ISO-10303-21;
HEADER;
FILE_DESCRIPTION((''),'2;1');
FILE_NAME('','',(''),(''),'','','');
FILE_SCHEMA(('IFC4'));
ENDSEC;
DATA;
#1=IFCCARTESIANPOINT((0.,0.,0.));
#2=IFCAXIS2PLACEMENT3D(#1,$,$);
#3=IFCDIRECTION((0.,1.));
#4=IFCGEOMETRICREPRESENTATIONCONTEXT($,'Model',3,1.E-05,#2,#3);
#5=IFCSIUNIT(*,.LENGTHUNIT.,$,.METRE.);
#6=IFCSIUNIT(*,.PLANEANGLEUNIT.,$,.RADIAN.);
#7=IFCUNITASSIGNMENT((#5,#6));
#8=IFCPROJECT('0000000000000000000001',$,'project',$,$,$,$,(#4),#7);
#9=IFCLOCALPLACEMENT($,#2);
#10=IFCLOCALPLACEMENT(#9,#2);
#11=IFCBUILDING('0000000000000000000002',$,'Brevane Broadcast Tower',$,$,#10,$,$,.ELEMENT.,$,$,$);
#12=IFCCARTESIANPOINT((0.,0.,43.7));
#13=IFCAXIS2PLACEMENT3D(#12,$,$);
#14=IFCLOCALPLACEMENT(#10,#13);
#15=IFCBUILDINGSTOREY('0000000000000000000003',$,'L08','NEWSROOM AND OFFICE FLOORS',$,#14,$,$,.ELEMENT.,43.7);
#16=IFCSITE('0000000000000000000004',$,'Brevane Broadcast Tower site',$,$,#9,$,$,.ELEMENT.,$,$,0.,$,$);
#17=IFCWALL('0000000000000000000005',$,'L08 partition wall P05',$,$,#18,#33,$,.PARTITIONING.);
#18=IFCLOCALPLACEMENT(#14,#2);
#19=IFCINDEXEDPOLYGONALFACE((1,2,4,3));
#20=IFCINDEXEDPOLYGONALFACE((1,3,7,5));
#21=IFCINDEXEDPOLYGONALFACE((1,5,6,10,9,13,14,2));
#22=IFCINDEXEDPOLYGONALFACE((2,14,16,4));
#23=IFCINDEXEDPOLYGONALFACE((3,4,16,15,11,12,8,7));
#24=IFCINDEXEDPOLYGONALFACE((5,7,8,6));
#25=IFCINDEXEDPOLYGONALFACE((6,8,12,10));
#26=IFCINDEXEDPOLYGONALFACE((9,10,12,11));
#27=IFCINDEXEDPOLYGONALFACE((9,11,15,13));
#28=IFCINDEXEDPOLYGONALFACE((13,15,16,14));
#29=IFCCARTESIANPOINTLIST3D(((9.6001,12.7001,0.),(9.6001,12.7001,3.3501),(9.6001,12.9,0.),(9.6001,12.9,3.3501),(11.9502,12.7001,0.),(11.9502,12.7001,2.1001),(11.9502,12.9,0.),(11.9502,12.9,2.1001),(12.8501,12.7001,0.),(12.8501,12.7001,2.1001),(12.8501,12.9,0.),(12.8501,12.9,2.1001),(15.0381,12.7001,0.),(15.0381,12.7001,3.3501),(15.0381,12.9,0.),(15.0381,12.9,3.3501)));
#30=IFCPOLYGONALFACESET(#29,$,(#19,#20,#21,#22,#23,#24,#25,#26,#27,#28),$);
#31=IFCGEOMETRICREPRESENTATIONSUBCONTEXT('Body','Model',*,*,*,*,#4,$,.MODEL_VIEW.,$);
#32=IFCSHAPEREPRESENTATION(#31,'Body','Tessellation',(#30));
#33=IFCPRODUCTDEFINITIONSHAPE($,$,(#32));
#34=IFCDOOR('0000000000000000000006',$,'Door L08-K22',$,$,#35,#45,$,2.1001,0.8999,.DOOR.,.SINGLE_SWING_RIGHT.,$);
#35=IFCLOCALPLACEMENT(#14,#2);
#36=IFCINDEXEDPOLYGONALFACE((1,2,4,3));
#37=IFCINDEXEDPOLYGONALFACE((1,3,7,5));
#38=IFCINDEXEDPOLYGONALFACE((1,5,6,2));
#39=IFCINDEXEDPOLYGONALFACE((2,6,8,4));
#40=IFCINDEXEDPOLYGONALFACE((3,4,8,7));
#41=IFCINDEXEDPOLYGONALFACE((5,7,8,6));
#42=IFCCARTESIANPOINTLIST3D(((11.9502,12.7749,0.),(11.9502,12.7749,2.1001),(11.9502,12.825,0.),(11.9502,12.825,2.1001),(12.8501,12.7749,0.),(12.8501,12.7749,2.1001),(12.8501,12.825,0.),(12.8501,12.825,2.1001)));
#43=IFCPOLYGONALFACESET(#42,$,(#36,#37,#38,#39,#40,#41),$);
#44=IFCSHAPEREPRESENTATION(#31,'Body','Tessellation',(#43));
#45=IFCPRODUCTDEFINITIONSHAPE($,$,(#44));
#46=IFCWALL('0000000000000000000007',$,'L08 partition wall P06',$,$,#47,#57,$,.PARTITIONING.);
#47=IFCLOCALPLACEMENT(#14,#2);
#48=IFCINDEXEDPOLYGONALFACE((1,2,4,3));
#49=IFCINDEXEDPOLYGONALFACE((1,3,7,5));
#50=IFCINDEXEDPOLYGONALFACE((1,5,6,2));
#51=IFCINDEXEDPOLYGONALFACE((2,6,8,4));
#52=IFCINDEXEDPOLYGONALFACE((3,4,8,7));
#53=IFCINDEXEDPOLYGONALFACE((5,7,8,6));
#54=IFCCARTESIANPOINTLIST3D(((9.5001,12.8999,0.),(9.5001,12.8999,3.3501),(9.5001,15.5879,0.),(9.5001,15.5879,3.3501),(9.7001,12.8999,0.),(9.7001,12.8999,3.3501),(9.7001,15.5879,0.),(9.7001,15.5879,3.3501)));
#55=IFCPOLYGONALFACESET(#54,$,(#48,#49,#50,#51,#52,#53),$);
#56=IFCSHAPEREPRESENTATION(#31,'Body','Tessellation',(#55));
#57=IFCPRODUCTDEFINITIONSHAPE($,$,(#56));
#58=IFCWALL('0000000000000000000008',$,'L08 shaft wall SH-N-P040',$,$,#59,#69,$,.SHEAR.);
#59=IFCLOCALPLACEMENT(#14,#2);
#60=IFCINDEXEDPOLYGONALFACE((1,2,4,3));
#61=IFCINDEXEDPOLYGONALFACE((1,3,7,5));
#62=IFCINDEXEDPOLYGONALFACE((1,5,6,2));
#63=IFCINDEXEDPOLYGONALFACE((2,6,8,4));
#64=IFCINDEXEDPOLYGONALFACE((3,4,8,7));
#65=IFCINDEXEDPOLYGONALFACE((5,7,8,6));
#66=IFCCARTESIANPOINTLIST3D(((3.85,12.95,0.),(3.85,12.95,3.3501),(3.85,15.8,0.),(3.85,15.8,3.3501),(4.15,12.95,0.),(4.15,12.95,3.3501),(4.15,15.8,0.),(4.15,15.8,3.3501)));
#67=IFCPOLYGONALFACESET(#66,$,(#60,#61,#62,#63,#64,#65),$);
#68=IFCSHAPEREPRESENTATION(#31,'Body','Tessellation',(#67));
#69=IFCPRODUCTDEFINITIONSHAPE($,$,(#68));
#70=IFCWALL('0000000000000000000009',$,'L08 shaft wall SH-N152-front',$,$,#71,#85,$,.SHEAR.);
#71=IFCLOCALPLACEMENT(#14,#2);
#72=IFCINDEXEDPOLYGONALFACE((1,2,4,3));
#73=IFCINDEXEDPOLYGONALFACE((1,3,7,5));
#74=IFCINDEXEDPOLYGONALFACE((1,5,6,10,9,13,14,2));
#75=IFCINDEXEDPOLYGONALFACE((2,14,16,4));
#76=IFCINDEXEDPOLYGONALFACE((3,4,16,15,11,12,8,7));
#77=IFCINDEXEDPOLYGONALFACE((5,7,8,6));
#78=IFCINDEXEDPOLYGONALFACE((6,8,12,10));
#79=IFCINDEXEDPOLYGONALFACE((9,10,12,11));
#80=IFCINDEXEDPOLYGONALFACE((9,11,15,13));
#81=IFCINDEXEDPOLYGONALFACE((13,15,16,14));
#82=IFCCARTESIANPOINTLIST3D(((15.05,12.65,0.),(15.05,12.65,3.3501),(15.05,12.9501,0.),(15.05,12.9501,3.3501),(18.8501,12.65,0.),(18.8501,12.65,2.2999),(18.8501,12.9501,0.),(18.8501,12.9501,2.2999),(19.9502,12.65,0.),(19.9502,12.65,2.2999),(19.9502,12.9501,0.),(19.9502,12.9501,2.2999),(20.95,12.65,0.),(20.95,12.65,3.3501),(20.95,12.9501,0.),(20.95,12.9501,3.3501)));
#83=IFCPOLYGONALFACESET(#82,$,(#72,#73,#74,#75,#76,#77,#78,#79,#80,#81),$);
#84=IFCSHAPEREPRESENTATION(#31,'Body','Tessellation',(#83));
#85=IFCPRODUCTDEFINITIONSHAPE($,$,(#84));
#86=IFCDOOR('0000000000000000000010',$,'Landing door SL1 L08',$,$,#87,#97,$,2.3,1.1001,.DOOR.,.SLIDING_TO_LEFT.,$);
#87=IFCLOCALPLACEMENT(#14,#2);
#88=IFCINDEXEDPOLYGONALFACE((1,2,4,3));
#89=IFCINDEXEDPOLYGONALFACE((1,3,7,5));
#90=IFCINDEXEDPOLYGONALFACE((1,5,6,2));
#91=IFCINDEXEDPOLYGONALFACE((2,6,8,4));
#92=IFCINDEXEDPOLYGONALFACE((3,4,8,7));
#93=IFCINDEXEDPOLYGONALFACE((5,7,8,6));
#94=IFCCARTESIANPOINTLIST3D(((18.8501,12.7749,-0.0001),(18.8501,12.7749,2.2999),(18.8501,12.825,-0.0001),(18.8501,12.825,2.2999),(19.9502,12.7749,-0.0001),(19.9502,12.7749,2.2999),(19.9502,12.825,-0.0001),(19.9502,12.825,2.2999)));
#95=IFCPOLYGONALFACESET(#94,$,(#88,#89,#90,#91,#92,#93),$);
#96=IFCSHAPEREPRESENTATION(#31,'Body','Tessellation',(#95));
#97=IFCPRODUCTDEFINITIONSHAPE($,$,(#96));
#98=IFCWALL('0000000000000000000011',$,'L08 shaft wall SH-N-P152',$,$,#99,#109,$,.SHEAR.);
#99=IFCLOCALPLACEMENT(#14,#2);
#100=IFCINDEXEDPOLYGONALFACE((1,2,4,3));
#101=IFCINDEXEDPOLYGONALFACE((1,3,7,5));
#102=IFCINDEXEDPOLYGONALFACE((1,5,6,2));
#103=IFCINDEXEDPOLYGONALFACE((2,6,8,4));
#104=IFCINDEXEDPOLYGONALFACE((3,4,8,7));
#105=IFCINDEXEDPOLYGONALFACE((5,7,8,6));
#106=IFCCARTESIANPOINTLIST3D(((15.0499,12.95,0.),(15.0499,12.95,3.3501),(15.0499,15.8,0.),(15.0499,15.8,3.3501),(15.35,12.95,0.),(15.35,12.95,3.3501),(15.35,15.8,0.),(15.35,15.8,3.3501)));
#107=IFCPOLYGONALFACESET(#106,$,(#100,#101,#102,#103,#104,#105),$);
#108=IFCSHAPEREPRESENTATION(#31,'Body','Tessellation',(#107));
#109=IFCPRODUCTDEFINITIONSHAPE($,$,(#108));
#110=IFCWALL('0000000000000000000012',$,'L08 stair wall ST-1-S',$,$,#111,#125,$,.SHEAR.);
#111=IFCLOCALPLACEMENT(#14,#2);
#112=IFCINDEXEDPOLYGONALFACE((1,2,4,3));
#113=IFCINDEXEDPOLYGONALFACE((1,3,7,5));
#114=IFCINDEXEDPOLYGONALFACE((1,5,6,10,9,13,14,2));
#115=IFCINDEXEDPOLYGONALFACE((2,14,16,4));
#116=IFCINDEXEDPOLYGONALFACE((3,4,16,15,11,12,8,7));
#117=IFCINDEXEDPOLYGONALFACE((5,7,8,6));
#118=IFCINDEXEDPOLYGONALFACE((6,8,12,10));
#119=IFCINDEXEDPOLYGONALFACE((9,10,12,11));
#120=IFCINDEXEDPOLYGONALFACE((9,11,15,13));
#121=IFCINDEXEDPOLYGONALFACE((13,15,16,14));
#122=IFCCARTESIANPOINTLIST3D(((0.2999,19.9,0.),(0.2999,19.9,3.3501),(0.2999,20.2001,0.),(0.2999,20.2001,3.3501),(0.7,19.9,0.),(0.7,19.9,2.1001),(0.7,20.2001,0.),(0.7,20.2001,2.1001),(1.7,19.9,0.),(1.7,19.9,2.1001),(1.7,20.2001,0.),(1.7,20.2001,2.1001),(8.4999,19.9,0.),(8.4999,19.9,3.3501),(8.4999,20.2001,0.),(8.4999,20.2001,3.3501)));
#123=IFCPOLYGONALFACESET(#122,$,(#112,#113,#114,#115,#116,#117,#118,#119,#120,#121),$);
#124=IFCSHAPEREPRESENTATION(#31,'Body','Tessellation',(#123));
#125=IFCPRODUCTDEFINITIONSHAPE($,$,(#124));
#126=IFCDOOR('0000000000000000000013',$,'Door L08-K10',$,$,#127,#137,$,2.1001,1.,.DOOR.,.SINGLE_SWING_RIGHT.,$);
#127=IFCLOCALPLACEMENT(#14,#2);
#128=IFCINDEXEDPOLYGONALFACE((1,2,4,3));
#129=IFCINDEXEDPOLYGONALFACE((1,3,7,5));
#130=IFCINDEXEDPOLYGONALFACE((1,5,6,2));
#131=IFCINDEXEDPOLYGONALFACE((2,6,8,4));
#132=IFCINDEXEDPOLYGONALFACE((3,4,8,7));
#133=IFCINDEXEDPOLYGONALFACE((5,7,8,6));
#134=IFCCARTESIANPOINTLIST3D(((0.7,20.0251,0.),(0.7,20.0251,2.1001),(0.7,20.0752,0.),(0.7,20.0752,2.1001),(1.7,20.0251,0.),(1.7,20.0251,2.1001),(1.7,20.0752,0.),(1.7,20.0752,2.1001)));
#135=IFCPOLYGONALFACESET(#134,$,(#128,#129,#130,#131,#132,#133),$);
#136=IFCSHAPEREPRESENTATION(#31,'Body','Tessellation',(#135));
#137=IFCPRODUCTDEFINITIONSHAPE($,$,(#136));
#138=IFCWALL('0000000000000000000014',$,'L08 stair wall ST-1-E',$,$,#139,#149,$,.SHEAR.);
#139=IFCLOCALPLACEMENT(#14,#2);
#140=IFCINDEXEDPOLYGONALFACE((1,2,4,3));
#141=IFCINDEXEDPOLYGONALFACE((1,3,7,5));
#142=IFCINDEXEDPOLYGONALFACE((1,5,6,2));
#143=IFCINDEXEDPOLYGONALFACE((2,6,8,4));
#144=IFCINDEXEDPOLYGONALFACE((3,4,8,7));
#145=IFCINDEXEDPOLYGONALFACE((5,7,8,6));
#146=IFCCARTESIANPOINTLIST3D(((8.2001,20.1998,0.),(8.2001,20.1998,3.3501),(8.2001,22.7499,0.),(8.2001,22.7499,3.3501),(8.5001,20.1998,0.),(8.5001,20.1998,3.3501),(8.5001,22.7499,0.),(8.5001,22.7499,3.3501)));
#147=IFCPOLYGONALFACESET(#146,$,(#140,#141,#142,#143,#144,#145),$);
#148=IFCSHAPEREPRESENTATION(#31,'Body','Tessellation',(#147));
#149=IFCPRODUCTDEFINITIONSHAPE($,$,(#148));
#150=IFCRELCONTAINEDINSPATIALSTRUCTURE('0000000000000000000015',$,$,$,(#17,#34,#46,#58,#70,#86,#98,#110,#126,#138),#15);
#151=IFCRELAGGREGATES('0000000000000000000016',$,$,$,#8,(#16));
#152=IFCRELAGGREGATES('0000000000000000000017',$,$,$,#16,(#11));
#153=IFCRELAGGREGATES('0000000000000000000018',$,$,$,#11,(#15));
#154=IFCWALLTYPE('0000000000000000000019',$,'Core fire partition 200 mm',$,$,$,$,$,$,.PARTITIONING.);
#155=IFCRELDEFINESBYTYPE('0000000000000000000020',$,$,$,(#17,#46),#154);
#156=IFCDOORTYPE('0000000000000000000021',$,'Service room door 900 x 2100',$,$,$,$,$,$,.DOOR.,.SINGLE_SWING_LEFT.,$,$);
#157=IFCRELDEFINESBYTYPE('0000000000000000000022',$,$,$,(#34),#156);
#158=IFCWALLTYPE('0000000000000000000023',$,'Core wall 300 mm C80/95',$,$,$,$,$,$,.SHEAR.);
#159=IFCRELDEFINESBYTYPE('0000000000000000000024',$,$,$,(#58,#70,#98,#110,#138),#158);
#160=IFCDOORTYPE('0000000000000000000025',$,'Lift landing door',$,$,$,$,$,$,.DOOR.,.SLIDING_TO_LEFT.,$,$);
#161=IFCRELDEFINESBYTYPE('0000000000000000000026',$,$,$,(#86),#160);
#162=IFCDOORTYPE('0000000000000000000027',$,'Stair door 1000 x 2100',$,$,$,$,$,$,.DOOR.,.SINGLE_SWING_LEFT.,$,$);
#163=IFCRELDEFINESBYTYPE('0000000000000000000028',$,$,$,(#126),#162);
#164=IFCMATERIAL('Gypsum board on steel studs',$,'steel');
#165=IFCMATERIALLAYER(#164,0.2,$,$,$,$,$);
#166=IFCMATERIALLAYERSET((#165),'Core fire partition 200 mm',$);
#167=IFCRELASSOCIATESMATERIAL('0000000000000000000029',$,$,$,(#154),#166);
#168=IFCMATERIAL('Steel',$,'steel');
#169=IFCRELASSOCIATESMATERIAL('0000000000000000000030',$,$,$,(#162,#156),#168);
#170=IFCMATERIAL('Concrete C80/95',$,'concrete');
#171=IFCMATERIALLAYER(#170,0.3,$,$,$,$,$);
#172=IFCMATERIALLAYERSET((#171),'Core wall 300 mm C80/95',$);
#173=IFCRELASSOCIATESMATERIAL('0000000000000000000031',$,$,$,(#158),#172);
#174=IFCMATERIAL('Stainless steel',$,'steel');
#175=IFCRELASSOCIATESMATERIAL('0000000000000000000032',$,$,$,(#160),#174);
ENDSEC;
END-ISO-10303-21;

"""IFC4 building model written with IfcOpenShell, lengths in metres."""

from ifc_helpers import new_model, si_unit, direction, frame, frame_2d, origin, place, context, subcontext, project, spatial, rectangle, extrude, material, layer, layer_set, type_object, element, fill, save


model = new_model("IFC4")

# Units and contexts
model_context = context("Model", 3, precision=1e-05, world=origin(), true_north=direction((0.0, 1.0)))
body_context = subcontext(model_context, "Body", "Model", "MODEL_VIEW")
ifc_project = project(units=[si_unit("LENGTHUNIT", "METRE"), si_unit("PLANEANGLEUNIT", "RADIAN")], contexts=[model_context])

# Site, building, storey
site_placement = place(None, origin())
site = spatial("IfcSite", under=ifc_project, at=site_placement, Name="Brevane Broadcast Tower site", CompositionType="ELEMENT", RefElevation=0.0)
building_placement = place(site_placement, origin())
building = spatial("IfcBuilding", under=site, at=building_placement, Name="Brevane Broadcast Tower", CompositionType="ELEMENT")
storey_placement = place(building_placement, frame((0.0, 0.0, 43.7)))
storey = spatial("IfcBuildingStorey", under=building, at=storey_placement, Name="L08", Description="NEWSROOM AND OFFICE FLOORS", CompositionType="ELEMENT", Elevation=43.7)

# Shared definitions
ifc_material_1 = material(Name="Gypsum board on steel studs", Category="steel")
ifc_material_2 = material(Name="Steel", Category="steel")

# Wall, opening, door
ifc_layer_1 = layer(ifc_material_1, 0.2)
ifc_layer_set_1 = layer_set([ifc_layer_1], Name="Core fire partition 200 mm")
wall_type_1 = type_object("IfcWallType", Name="Core fire partition 200 mm", PredefinedType="PARTITIONING", material=ifc_layer_set_1)
door_type_1 = type_object("IfcDoorType", Name="Stair door 1000 x 2100", OperationType="SINGLE_SWING_LEFT", PredefinedType="DOOR", material=ifc_material_2)
door_type_2 = type_object("IfcDoorType", Name="Service room door 900 x 2100", OperationType="SINGLE_SWING_LEFT", PredefinedType="DOOR", material=ifc_material_2)
wall_1_placement = place(storey_placement, frame((9.6001, 12.8, 0.0), z_axis=(0.0, 0.0, 1.0), x_axis=(1.0, 0.0, 0.0)))
wall_1 = element("IfcWall", 1, at=wall_1_placement, inside=storey, type_object=wall_type_1, Name="L08 partition wall P05", PredefinedType="PARTITIONING", context=body_context, shape_type="SweptSolid", body=[
    extrude(rectangle(XDim=5.438, YDim=0.2, at=frame_2d((2.719, 0.0))), origin(), (0.0, 0.0, 1.0), 3.3501),
])
opening_1_placement = place(wall_1_placement, frame((2.3501, 0.0, 0.0)))
opening_1 = element("IfcOpeningElement", 2, at=opening_1_placement, cuts=wall_1, PredefinedType="OPENING", context=body_context, shape_type="SweptSolid", body=[
    extrude(rectangle(XDim=0.8999, YDim=2.1001, at=frame_2d((0.45, 1.05))), frame((0.0, 0.1099, 0.0), z_axis=(0.0, -1.0, 0.0), x_axis=(1.0, 0.0, 0.0)), (0.0, 0.0, 1.0), 0.22),
])
door_1_placement = place(opening_1_placement, origin())
door_1 = element("IfcDoor", 3, at=door_1_placement, inside=storey, type_object=door_type_2, Name="Door L08-K22", OperationType="SINGLE_SWING_RIGHT", OverallHeight=2.1001, OverallWidth=0.8999, PredefinedType="DOOR", context=body_context, shape_type="SweptSolid", body=[
    extrude(rectangle(XDim=0.8999, YDim=2.1001, at=frame_2d((0.45, 1.05))), frame((0.0, 0.0249, 0.0), z_axis=(0.0, -1.0, 0.0), x_axis=(1.0, 0.0, 0.0)), (0.0, 0.0, 1.0), 0.05),
])
fill(opening_1, door_1)

# Walls
wall_2_placement = place(storey_placement, frame((9.6001, 15.5879, 0.0), z_axis=(0.0, 0.0, 1.0), x_axis=(0.0, -1.0, 0.0)))
element("IfcWall", 4, at=wall_2_placement, inside=storey, type_object=wall_type_1, Name="L08 partition wall P06", PredefinedType="PARTITIONING", context=body_context, shape_type="SweptSolid", body=[
    extrude(rectangle(XDim=2.688, YDim=0.2, at=frame_2d((1.344, 0.0))), origin(), (0.0, 0.0, 1.0), 3.3501),
])
ifc_material_3 = material(Name="Concrete C80/95", Category="concrete")
ifc_layer_2 = layer(ifc_material_3, 0.3)
ifc_layer_set_2 = layer_set([ifc_layer_2], Name="Core wall 300 mm C80/95")
wall_type_2 = type_object("IfcWallType", Name="Core wall 300 mm C80/95", PredefinedType="SHEAR", material=ifc_layer_set_2)
wall_3_placement = place(storey_placement, frame((4.0, 12.95, 0.0), z_axis=(0.0, 0.0, 1.0), x_axis=(0.0, 1.0, 0.0)))
element("IfcWall", 5, at=wall_3_placement, inside=storey, type_object=wall_type_2, Name="L08 shaft wall SH-N-P040", PredefinedType="SHEAR", context=body_context, shape_type="SweptSolid", body=[
    extrude(rectangle(XDim=2.8501, YDim=0.3, at=frame_2d((1.425, 0.0))), origin(), (0.0, 0.0, 1.0), 3.3501),
])

# Wall, opening, door
wall_4_placement = place(storey_placement, frame((15.05, 12.8, 0.0), z_axis=(0.0, 0.0, 1.0), x_axis=(1.0, 0.0, 0.0)))
wall_4 = element("IfcWall", 6, at=wall_4_placement, inside=storey, type_object=wall_type_2, Name="L08 shaft wall SH-N152-front", PredefinedType="SHEAR", context=body_context, shape_type="SweptSolid", body=[
    extrude(rectangle(XDim=5.8999, YDim=0.3, at=frame_2d((2.95, 0.0))), origin(), (0.0, 0.0, 1.0), 3.3501),
])
opening_2_placement = place(wall_4_placement, frame((3.8, 0.0, 0.0)))
opening_2 = element("IfcOpeningElement", 7, at=opening_2_placement, cuts=wall_4, PredefinedType="OPENING", context=body_context, shape_type="SweptSolid", body=[
    extrude(rectangle(XDim=1.1001, YDim=2.3, at=frame_2d((0.55, 1.1499))), frame((0.0, 0.1599, 0.0), z_axis=(0.0, -1.0, 0.0), x_axis=(1.0, 0.0, 0.0)), (0.0, 0.0, 1.0), 0.3201),
])
ifc_material_4 = material(Name="Stainless steel", Category="steel")
door_type_3 = type_object("IfcDoorType", Name="Lift landing door", OperationType="SLIDING_TO_LEFT", PredefinedType="DOOR", material=ifc_material_4)
door_2_placement = place(opening_2_placement, origin())
door_2 = element("IfcDoor", 8, at=door_2_placement, inside=storey, type_object=door_type_3, Name="Landing door SL1 L08", OperationType="SLIDING_TO_LEFT", OverallHeight=2.3, OverallWidth=1.1001, PredefinedType="DOOR", context=body_context, shape_type="SweptSolid", body=[
    extrude(rectangle(XDim=1.1001, YDim=2.3, at=frame_2d((0.55, 1.1499))), frame((0.0, 0.0249, 0.0), z_axis=(0.0, -1.0, 0.0), x_axis=(1.0, 0.0, 0.0)), (0.0, 0.0, 1.0), 0.05),
])
fill(opening_2, door_2)

# Wall
wall_5_placement = place(storey_placement, frame((15.2, 12.95, 0.0), z_axis=(0.0, 0.0, 1.0), x_axis=(0.0, 1.0, 0.0)))
element("IfcWall", 9, at=wall_5_placement, inside=storey, type_object=wall_type_2, Name="L08 shaft wall SH-N-P152", PredefinedType="SHEAR", context=body_context, shape_type="SweptSolid", body=[
    extrude(rectangle(XDim=2.8501, YDim=0.3, at=frame_2d((1.425, 0.0))), origin(), (0.0, 0.0, 1.0), 3.3501),
])

# Wall, opening, door
wall_6_placement = place(storey_placement, frame((8.5, 20.05, 0.0), z_axis=(0.0, 0.0, 1.0), x_axis=(-1.0, 0.0, 0.0)))
wall_6 = element("IfcWall", 10, at=wall_6_placement, inside=storey, type_object=wall_type_2, Name="L08 stair wall ST-1-S", PredefinedType="SHEAR", context=body_context, shape_type="SweptSolid", body=[
    extrude(rectangle(XDim=8.2, YDim=0.3, at=frame_2d((4.1001, 0.0))), origin(), (0.0, 0.0, 1.0), 3.3501),
])
opening_3_placement = place(wall_6_placement, frame((6.8, 0.0, 0.0)))
opening_3 = element("IfcOpeningElement", 11, at=opening_3_placement, cuts=wall_6, PredefinedType="OPENING", context=body_context, shape_type="SweptSolid", body=[
    extrude(rectangle(XDim=1.0, YDim=2.1001, at=frame_2d((0.5, 1.05))), frame((0.0, 0.1599, 0.0), z_axis=(0.0, -1.0, 0.0), x_axis=(1.0, 0.0, 0.0)), (0.0, 0.0, 1.0), 0.3201),
])
door_3_placement = place(opening_3_placement, origin())
door_3 = element("IfcDoor", 12, at=door_3_placement, inside=storey, type_object=door_type_1, Name="Door L08-K10", OperationType="SINGLE_SWING_RIGHT", OverallHeight=2.1001, OverallWidth=1.0, PredefinedType="DOOR", context=body_context, shape_type="SweptSolid", body=[
    extrude(rectangle(XDim=1.0, YDim=2.1001, at=frame_2d((0.5, 1.05))), frame((0.0, 0.0249, 0.0), z_axis=(0.0, -1.0, 0.0), x_axis=(1.0, 0.0, 0.0)), (0.0, 0.0, 1.0), 0.05),
])
fill(opening_3, door_3)

# Wall
wall_7_placement = place(storey_placement, frame((8.3501, 20.2, 0.0), z_axis=(0.0, 0.0, 1.0), x_axis=(0.0, 1.0, 0.0)))
element("IfcWall", 13, at=wall_7_placement, inside=storey, type_object=wall_type_2, Name="L08 stair wall ST-1-E", PredefinedType="SHEAR", context=body_context, shape_type="SweptSolid", body=[
    extrude(rectangle(XDim=2.55, YDim=0.3, at=frame_2d((1.2749, 0.0))), origin(), (0.0, 0.0, 1.0), 3.3501),
])

save(model, "model.ifc")
